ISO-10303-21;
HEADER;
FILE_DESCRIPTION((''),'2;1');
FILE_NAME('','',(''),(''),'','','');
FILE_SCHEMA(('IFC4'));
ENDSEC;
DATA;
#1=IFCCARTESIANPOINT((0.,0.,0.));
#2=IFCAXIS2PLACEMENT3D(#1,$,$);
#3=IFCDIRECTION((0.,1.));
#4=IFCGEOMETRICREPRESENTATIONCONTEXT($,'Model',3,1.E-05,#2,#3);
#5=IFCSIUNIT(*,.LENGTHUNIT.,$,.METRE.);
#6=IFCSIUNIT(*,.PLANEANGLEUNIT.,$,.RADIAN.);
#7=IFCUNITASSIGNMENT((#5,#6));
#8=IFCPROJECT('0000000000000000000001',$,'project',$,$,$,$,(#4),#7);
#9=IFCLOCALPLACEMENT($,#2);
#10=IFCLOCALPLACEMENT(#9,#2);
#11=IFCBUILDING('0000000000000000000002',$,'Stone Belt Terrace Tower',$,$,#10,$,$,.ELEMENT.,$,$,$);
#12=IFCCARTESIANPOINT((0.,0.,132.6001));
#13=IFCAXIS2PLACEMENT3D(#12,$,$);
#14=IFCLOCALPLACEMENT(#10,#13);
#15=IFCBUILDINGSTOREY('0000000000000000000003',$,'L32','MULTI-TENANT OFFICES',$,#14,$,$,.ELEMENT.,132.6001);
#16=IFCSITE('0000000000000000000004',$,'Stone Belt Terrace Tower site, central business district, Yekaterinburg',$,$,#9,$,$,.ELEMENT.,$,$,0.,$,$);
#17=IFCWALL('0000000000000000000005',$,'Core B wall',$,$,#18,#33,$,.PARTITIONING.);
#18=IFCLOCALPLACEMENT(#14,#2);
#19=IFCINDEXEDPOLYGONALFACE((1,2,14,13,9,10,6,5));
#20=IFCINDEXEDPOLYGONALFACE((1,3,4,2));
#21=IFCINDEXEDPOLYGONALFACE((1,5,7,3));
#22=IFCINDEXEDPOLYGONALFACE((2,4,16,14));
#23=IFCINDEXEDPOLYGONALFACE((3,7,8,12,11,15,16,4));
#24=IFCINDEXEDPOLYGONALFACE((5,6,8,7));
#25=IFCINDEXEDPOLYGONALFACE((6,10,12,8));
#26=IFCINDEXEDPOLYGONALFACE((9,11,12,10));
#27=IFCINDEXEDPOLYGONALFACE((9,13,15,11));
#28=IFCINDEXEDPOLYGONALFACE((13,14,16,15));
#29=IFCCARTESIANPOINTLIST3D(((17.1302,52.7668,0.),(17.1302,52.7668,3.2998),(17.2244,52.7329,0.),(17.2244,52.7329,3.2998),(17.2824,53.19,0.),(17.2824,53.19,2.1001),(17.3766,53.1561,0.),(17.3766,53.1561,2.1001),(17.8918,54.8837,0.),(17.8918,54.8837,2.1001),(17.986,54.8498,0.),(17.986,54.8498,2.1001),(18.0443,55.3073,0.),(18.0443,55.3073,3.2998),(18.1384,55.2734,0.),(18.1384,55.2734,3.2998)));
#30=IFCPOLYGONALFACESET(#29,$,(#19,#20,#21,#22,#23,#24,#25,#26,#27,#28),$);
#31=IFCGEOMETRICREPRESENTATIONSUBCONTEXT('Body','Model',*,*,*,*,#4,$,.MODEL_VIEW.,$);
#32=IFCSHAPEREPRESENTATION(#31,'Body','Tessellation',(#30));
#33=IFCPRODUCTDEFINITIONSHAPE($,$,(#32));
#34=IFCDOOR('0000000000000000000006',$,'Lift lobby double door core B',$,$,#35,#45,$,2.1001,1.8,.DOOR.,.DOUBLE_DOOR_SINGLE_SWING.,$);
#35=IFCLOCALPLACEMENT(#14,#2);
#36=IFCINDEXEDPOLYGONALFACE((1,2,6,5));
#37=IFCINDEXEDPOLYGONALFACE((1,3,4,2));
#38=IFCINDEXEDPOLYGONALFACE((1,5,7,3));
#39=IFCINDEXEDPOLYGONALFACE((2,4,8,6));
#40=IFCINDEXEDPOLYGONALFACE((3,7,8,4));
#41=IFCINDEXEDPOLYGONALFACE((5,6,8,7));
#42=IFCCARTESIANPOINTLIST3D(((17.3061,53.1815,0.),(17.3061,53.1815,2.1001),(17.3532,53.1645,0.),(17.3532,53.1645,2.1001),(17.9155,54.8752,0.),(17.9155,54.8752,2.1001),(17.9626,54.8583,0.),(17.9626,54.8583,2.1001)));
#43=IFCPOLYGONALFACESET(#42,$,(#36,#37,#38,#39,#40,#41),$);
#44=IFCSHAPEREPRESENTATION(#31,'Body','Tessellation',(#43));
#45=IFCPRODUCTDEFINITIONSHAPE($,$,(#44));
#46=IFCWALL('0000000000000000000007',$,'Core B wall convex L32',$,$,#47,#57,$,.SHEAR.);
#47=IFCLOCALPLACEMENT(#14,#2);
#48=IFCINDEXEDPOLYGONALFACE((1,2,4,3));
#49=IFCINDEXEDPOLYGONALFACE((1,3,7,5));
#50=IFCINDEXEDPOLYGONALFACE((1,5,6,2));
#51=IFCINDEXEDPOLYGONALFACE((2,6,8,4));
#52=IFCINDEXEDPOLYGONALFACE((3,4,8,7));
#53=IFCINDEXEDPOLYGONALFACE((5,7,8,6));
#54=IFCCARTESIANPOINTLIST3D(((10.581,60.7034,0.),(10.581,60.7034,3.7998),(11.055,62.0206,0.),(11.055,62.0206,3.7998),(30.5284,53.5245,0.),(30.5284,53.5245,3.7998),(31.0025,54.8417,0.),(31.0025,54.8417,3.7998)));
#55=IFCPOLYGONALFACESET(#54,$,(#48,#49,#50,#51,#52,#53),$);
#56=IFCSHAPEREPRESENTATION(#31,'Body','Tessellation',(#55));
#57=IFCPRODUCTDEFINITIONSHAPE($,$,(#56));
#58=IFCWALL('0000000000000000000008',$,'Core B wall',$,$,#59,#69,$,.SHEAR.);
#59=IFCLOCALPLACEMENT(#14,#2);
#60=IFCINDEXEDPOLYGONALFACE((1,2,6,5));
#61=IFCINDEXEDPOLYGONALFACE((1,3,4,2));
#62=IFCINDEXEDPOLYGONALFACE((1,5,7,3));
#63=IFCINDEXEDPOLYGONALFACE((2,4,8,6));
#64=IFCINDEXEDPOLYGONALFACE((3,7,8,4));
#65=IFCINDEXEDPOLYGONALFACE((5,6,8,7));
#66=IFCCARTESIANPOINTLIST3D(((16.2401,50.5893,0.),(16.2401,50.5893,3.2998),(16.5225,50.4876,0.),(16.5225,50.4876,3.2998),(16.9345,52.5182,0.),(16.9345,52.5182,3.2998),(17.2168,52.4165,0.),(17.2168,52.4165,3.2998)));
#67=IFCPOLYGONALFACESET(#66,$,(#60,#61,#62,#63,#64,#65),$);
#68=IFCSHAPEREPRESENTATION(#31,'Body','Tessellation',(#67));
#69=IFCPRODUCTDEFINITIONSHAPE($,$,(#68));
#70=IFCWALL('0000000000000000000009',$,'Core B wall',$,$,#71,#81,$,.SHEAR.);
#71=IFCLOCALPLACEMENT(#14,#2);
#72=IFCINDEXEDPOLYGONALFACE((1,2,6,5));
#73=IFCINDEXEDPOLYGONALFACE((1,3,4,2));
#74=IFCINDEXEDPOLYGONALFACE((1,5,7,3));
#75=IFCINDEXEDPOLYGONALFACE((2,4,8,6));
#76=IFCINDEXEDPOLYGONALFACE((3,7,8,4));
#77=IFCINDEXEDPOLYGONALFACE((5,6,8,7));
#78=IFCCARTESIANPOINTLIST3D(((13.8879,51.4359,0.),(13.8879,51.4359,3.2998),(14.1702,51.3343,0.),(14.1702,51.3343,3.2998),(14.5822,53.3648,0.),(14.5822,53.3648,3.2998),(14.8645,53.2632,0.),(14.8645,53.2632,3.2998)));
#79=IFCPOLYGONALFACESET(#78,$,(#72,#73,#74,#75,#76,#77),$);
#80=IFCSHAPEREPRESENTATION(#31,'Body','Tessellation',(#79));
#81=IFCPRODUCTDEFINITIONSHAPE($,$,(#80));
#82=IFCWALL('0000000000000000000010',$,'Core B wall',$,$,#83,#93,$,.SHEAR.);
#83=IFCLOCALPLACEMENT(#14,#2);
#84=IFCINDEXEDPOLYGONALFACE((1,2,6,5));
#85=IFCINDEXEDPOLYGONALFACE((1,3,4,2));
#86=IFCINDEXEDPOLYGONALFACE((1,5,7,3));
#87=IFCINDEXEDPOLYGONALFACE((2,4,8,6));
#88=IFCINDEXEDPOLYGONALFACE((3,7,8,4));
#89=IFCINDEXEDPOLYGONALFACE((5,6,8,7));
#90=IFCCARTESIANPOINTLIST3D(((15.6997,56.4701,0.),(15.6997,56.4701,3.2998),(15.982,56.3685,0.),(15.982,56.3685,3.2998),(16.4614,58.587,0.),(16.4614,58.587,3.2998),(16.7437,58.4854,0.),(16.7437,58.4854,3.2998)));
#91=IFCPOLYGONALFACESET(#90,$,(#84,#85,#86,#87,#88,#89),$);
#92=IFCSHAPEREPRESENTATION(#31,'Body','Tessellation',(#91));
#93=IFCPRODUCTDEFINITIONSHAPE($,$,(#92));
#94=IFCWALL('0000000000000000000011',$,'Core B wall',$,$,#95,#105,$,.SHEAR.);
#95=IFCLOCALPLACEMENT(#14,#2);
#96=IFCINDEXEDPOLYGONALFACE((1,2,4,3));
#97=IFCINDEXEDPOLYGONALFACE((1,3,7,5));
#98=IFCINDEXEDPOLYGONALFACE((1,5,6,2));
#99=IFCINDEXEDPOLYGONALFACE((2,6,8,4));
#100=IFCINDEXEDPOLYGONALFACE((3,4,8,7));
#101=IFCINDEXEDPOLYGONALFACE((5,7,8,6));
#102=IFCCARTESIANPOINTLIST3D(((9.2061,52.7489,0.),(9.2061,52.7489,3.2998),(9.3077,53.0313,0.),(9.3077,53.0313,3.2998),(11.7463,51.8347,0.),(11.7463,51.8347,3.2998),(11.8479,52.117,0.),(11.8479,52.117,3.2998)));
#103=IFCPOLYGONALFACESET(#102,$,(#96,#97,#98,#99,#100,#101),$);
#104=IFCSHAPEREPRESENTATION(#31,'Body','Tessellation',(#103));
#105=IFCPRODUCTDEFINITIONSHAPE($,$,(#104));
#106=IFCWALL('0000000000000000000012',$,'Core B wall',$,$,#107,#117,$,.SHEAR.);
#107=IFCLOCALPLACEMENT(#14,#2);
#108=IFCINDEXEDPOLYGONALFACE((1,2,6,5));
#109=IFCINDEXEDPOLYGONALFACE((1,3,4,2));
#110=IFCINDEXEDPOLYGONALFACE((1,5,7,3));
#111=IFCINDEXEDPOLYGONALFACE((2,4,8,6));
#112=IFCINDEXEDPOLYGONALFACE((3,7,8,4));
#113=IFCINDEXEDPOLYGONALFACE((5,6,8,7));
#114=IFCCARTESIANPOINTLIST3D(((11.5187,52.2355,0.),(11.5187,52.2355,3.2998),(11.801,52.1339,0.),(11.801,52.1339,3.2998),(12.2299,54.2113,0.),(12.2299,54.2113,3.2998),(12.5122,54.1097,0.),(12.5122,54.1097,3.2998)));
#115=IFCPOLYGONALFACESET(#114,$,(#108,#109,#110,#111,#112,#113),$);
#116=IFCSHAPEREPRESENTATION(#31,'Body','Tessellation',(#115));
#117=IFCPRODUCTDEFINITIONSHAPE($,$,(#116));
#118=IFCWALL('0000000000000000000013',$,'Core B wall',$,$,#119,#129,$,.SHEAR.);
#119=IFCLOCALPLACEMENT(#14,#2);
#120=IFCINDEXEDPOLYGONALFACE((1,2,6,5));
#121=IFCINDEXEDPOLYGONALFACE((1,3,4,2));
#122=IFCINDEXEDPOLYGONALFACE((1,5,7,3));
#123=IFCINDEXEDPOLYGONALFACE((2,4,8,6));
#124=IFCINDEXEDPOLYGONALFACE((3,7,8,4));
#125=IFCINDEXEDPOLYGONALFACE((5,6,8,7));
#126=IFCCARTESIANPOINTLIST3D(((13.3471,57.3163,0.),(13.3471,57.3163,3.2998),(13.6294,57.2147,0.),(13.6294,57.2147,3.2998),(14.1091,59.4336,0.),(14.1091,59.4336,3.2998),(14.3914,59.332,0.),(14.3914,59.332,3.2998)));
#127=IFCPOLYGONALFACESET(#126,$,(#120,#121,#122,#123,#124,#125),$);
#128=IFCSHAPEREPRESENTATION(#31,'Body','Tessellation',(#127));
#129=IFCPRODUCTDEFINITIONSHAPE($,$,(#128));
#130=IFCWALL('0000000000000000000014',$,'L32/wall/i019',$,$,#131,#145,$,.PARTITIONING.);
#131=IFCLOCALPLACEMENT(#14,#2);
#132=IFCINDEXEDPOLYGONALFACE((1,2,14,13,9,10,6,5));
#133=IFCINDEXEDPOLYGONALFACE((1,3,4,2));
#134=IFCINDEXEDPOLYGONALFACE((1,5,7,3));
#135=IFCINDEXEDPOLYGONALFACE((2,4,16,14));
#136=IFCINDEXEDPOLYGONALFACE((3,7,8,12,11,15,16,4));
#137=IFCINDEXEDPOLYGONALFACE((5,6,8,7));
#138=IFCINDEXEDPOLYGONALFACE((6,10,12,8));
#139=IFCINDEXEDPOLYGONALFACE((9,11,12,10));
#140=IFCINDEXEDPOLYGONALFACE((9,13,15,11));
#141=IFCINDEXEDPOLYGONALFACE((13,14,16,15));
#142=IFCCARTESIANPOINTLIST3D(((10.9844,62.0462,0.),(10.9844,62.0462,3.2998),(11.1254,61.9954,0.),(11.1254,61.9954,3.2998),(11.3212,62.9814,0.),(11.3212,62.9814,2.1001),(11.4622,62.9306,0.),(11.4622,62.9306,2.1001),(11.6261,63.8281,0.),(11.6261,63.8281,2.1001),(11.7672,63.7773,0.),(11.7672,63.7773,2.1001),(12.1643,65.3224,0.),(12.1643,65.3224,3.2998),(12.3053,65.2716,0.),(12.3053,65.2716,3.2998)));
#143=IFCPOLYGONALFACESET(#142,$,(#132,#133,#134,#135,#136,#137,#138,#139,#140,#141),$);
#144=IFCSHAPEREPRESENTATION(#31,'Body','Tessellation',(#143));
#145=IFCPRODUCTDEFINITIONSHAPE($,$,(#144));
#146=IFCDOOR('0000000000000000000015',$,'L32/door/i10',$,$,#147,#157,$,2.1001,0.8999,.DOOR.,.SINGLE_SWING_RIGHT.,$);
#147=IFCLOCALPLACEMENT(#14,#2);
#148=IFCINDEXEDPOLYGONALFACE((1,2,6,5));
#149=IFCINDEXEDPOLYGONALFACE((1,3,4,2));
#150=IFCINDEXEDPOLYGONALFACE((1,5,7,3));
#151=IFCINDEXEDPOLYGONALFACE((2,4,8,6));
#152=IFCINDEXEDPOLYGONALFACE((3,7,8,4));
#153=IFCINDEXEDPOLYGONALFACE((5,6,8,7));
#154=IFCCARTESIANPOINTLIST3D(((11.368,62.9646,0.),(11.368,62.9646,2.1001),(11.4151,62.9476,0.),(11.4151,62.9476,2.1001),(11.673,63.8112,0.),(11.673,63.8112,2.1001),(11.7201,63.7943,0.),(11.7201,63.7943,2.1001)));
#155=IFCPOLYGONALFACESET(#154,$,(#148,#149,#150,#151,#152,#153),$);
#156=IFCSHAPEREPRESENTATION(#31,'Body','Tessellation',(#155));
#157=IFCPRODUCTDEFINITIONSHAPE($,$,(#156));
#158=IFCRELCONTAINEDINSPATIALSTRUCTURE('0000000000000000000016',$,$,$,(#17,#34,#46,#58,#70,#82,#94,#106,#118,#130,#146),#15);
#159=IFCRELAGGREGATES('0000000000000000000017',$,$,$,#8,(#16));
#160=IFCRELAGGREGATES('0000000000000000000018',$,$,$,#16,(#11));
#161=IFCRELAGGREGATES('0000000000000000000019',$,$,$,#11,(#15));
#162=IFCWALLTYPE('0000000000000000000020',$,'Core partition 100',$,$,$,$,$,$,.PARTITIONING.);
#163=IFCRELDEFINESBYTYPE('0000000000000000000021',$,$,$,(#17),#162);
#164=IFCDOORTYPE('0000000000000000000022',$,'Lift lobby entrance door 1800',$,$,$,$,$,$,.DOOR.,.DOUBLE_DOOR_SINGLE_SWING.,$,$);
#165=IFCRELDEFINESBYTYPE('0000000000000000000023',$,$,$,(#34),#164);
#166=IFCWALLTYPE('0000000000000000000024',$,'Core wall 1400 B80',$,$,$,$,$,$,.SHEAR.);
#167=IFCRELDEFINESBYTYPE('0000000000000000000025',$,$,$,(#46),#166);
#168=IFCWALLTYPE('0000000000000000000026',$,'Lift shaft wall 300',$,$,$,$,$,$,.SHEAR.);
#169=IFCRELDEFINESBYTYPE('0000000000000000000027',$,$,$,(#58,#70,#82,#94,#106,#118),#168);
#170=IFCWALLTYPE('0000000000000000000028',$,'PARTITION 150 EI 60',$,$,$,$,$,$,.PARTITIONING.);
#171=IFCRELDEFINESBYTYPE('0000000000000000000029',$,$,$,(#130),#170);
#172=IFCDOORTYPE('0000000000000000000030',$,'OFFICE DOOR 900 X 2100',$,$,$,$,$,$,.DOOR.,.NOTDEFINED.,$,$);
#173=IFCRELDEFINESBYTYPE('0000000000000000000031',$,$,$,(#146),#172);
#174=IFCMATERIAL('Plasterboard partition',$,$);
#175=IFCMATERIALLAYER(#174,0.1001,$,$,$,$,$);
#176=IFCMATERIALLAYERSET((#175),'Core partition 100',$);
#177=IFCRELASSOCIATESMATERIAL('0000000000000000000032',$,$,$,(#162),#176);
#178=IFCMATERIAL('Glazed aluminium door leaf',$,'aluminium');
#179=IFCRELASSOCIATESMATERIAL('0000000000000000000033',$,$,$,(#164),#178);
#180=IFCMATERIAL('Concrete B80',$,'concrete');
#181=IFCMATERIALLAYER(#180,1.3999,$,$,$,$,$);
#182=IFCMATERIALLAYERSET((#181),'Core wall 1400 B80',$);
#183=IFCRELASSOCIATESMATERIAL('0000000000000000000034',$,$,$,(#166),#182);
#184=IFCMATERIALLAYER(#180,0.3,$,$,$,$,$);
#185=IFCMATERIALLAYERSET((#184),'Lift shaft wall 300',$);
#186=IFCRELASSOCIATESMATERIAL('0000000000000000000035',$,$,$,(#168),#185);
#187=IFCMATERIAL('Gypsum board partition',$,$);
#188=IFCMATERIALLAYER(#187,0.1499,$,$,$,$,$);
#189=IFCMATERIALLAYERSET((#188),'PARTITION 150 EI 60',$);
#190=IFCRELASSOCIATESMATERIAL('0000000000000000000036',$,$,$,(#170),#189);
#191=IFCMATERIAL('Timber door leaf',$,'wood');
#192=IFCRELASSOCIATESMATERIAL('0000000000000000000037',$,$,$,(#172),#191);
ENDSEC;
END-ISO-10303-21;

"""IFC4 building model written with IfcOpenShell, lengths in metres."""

from ifc_helpers import new_model, si_unit, direction, frame, frame_2d, origin, place, context, subcontext, project, spatial, rectangle, extrude, material, layer, layer_set, type_object, element, fill, save


model = new_model("IFC4")

# Units and contexts
model_context = context("Model", 3, precision=1e-05, world=origin(), true_north=direction((0.0, 1.0)))
body_context = subcontext(model_context, "Body", "Model", "MODEL_VIEW")
ifc_project = project(units=[si_unit("LENGTHUNIT", "METRE"), si_unit("PLANEANGLEUNIT", "RADIAN")], contexts=[model_context])

# Site, building, storey
site_placement = place(None, origin())
site = spatial("IfcSite", under=ifc_project, at=site_placement, Name="Stone Belt Terrace Tower site, central business district, Yekaterinburg", CompositionType="ELEMENT", RefElevation=0.0)
building_placement = place(site_placement, origin())
building = spatial("IfcBuilding", under=site, at=building_placement, Name="Stone Belt Terrace Tower", CompositionType="ELEMENT")
storey_placement = place(building_placement, frame((0.0, 0.0, 132.6001)))
storey = spatial("IfcBuildingStorey", under=building, at=storey_placement, Name="L32", Description="MULTI-TENANT OFFICES", CompositionType="ELEMENT", Elevation=132.6001)

# Shared definitions
ifc_material_1 = material(Name="Concrete B80", Category="concrete")

# Wall, opening, door
ifc_material_2 = material(Name="Plasterboard partition")
ifc_layer_1 = layer(ifc_material_2, 0.1001)
ifc_layer_set_1 = layer_set([ifc_layer_1], Name="Core partition 100")
wall_type_1 = type_object("IfcWallType", Name="Core partition 100", PredefinedType="PARTITIONING", material=ifc_layer_set_1)
wall_1_placement = place(storey_placement, frame((17.1772, 52.7498, 0.0), z_axis=(0.0, 0.0, 1.0), x_axis=(0.338547, 0.94095, 0.0)))
wall_1 = element("IfcWall", 1, at=wall_1_placement, inside=storey, type_object=wall_type_1, Name="Core B wall", PredefinedType="PARTITIONING", context=body_context, shape_type="SweptSolid", body=[
    extrude(rectangle(XDim=2.7, YDim=0.1001, at=frame_2d((1.3501, 0.0))), origin(), (0.0, 0.0, 1.0), 3.2998),
])
opening_1_placement = place(wall_1_placement, frame((0.45, 0.0, 0.0)))
opening_1 = element("IfcOpeningElement", 2, at=opening_1_placement, cuts=wall_1, PredefinedType="OPENING", context=body_context, shape_type="SweptSolid", body=[
    extrude(rectangle(XDim=1.8, YDim=2.1001, at=frame_2d((0.8999, 1.05))), frame((0.0, 0.0601, 0.0), z_axis=(0.0, -1.0, 0.0), x_axis=(1.0, 0.0, 0.0)), (0.0, 0.0, 1.0), 0.1201),
])
ifc_material_3 = material(Name="Glazed aluminium door leaf", Category="aluminium")
door_type_1 = type_object("IfcDoorType", Name="Lift lobby entrance door 1800", OperationType="DOUBLE_DOOR_SINGLE_SWING", PredefinedType="DOOR", material=ifc_material_3)
door_1_placement = place(opening_1_placement, origin())
door_1 = element("IfcDoor", 3, at=door_1_placement, inside=storey, type_object=door_type_1, Name="Lift lobby double door core B", OperationType="DOUBLE_DOOR_SINGLE_SWING", OverallHeight=2.1001, OverallWidth=1.8, PredefinedType="DOOR", context=body_context, shape_type="SweptSolid", body=[
    extrude(rectangle(XDim=1.8, YDim=2.1001, at=frame_2d((0.8999, 1.05))), frame((0.0, 0.0249, 0.0), z_axis=(0.0, -1.0, 0.0), x_axis=(1.0, 0.0, 0.0)), (0.0, 0.0, 1.0), 0.05),
])
fill(opening_1, door_1)

# Walls
ifc_layer_2 = layer(ifc_material_1, 1.3999)
ifc_layer_set_2 = layer_set([ifc_layer_2], Name="Core wall 1400 B80")
wall_type_2 = type_object("IfcWallType", Name="Core wall 1400 B80", PredefinedType="SHEAR", material=ifc_layer_set_2)
wall_2_placement = place(storey_placement, frame((10.8179, 61.3621, 0.0), z_axis=(0.0, 0.0, 1.0), x_axis=(0.94092, -0.33863, 0.0)))
element("IfcWall", 4, at=wall_2_placement, inside=storey, type_object=wall_type_2, Name="Core B wall convex L32", PredefinedType="SHEAR", context=body_context, shape_type="SweptSolid", body=[
    extrude(rectangle(XDim=21.2, YDim=1.3999, at=frame_2d((10.6001, 0.0))), origin(), (0.0, 0.0, 1.0), 3.7998),
])
ifc_layer_3 = layer(ifc_material_1, 0.3)
ifc_layer_set_3 = layer_set([ifc_layer_3], Name="Lift shaft wall 300")
wall_type_3 = type_object("IfcWallType", Name="Lift shaft wall 300", PredefinedType="SHEAR", material=ifc_layer_set_3)
for number, where, z_axis, x_axis, name in (
    (5, (16.3813, 50.5386, 0.0), (0.0, 0.0, 1.0), (0.338682, 0.940901, 0.0), "Core B wall"),
    (6, (14.0291, 51.3853, 0.0), (0.0, 0.0, 1.0), (0.338682, 0.940901, 0.0), "Core B wall"),
):
    element("IfcWall", number, at=place(storey_placement, frame(where, z_axis=z_axis, x_axis=x_axis)), inside=storey, type_object=wall_type_3, Name=name, PredefinedType="SHEAR", context=body_context, shape_type="SweptSolid", body=[
        extrude(rectangle(XDim=2.05, YDim=0.3, at=frame_2d((1.0249, 0.0))), origin(), (0.0, 0.0, 1.0), 3.2998),
    ])
wall_3_placement = place(storey_placement, frame((15.8408, 56.4192, 0.0), z_axis=(0.0, 0.0, 1.0), x_axis=(0.33857, 0.940941, 0.0)))
element("IfcWall", 7, at=wall_3_placement, inside=storey, type_object=wall_type_3, Name="Core B wall", PredefinedType="SHEAR", context=body_context, shape_type="SweptSolid", body=[
    extrude(rectangle(XDim=2.2498, YDim=0.3, at=frame_2d((1.125, 0.0))), origin(), (0.0, 0.0, 1.0), 3.2998),
])
wall_4_placement = place(storey_placement, frame((11.7971, 51.9758, 0.0), z_axis=(0.0, 0.0, 1.0), x_axis=(-0.94091, 0.338655, 0.0)))
element("IfcWall", 8, at=wall_4_placement, inside=storey, type_object=wall_type_3, Name="Core B wall", PredefinedType="SHEAR", context=body_context, shape_type="SweptSolid", body=[
    extrude(rectangle(XDim=2.6997, YDim=0.3, at=frame_2d((1.3499, 0.0))), origin(), (0.0, 0.0, 1.0), 3.2998),
])
wall_5_placement = place(storey_placement, frame((11.6599, 52.1848, 0.0), z_axis=(0.0, 0.0, 1.0), x_axis=(0.33867, 0.940905, 0.0)))
element("IfcWall", 9, at=wall_5_placement, inside=storey, type_object=wall_type_3, Name="Core B wall", PredefinedType="SHEAR", context=body_context, shape_type="SweptSolid", body=[
    extrude(rectangle(XDim=2.0999, YDim=0.3, at=frame_2d((1.0498, 0.0))), origin(), (0.0, 0.0, 1.0), 3.2998),
])
wall_6_placement = place(storey_placement, frame((13.4883, 57.2656, 0.0), z_axis=(0.0, 0.0, 1.0), x_axis=(0.338631, 0.940919, 0.0)))
element("IfcWall", 10, at=wall_6_placement, inside=storey, type_object=wall_type_3, Name="Core B wall", PredefinedType="SHEAR", context=body_context, shape_type="SweptSolid", body=[
    extrude(rectangle(XDim=2.2502, YDim=0.3, at=frame_2d((1.125, 0.0))), origin(), (0.0, 0.0, 1.0), 3.2998),
])

# Wall, opening, door
ifc_material_4 = material(Name="Gypsum board partition")
ifc_layer_4 = layer(ifc_material_4, 0.1499)
ifc_layer_set_4 = layer_set([ifc_layer_4], Name="PARTITION 150 EI 60")
wall_type_4 = type_object("IfcWallType", Name="PARTITION 150 EI 60", PredefinedType="PARTITIONING", material=ifc_layer_set_4)
wall_7_placement = place(storey_placement, frame((12.2349, 65.2971, 0.0), z_axis=(0.0, 0.0, 1.0), x_axis=(-0.338854, -0.940839, 0.0)))
wall_7 = element("IfcWall", 11, at=wall_7_placement, inside=storey, type_object=wall_type_4, Name="L32/wall/i019", PredefinedType="PARTITIONING", context=body_context, shape_type="SweptSolid", body=[
    extrude(rectangle(XDim=3.4822, YDim=0.1499, at=frame_2d((1.7412, 0.0))), origin(), (0.0, 0.0, 1.0), 3.2998),
])
opening_2_placement = place(wall_7_placement, frame((1.5884, 0.0, 0.0)))
opening_2 = element("IfcOpeningElement", 12, at=opening_2_placement, cuts=wall_7, PredefinedType="OPENING", context=body_context, shape_type="SweptSolid", body=[
    extrude(rectangle(XDim=0.8999, YDim=2.1001, at=frame_2d((0.45, 1.05))), frame((0.0, 0.085, 0.0), z_axis=(0.0, -1.0, 0.0), x_axis=(1.0, 0.0, 0.0)), (0.0, 0.0, 1.0), 0.1699),
])
ifc_material_5 = material(Name="Timber door leaf", Category="wood")
door_type_2 = type_object("IfcDoorType", Name="OFFICE DOOR 900 X 2100", OperationType="NOTDEFINED", PredefinedType="DOOR", material=ifc_material_5)
door_2_placement = place(opening_2_placement, origin())
door_2 = element("IfcDoor", 13, at=door_2_placement, inside=storey, type_object=door_type_2, Name="L32/door/i10", OperationType="SINGLE_SWING_RIGHT", OverallHeight=2.1001, OverallWidth=0.8999, PredefinedType="DOOR", context=body_context, shape_type="SweptSolid", body=[
    extrude(rectangle(XDim=0.8999, YDim=2.1001, at=frame_2d((0.45, 1.05))), frame((0.0, 0.0249, 0.0), z_axis=(0.0, -1.0, 0.0), x_axis=(1.0, 0.0, 0.0)), (0.0, 0.0, 1.0), 0.05),
])
fill(opening_2, door_2)

save(model, "model.ifc")
